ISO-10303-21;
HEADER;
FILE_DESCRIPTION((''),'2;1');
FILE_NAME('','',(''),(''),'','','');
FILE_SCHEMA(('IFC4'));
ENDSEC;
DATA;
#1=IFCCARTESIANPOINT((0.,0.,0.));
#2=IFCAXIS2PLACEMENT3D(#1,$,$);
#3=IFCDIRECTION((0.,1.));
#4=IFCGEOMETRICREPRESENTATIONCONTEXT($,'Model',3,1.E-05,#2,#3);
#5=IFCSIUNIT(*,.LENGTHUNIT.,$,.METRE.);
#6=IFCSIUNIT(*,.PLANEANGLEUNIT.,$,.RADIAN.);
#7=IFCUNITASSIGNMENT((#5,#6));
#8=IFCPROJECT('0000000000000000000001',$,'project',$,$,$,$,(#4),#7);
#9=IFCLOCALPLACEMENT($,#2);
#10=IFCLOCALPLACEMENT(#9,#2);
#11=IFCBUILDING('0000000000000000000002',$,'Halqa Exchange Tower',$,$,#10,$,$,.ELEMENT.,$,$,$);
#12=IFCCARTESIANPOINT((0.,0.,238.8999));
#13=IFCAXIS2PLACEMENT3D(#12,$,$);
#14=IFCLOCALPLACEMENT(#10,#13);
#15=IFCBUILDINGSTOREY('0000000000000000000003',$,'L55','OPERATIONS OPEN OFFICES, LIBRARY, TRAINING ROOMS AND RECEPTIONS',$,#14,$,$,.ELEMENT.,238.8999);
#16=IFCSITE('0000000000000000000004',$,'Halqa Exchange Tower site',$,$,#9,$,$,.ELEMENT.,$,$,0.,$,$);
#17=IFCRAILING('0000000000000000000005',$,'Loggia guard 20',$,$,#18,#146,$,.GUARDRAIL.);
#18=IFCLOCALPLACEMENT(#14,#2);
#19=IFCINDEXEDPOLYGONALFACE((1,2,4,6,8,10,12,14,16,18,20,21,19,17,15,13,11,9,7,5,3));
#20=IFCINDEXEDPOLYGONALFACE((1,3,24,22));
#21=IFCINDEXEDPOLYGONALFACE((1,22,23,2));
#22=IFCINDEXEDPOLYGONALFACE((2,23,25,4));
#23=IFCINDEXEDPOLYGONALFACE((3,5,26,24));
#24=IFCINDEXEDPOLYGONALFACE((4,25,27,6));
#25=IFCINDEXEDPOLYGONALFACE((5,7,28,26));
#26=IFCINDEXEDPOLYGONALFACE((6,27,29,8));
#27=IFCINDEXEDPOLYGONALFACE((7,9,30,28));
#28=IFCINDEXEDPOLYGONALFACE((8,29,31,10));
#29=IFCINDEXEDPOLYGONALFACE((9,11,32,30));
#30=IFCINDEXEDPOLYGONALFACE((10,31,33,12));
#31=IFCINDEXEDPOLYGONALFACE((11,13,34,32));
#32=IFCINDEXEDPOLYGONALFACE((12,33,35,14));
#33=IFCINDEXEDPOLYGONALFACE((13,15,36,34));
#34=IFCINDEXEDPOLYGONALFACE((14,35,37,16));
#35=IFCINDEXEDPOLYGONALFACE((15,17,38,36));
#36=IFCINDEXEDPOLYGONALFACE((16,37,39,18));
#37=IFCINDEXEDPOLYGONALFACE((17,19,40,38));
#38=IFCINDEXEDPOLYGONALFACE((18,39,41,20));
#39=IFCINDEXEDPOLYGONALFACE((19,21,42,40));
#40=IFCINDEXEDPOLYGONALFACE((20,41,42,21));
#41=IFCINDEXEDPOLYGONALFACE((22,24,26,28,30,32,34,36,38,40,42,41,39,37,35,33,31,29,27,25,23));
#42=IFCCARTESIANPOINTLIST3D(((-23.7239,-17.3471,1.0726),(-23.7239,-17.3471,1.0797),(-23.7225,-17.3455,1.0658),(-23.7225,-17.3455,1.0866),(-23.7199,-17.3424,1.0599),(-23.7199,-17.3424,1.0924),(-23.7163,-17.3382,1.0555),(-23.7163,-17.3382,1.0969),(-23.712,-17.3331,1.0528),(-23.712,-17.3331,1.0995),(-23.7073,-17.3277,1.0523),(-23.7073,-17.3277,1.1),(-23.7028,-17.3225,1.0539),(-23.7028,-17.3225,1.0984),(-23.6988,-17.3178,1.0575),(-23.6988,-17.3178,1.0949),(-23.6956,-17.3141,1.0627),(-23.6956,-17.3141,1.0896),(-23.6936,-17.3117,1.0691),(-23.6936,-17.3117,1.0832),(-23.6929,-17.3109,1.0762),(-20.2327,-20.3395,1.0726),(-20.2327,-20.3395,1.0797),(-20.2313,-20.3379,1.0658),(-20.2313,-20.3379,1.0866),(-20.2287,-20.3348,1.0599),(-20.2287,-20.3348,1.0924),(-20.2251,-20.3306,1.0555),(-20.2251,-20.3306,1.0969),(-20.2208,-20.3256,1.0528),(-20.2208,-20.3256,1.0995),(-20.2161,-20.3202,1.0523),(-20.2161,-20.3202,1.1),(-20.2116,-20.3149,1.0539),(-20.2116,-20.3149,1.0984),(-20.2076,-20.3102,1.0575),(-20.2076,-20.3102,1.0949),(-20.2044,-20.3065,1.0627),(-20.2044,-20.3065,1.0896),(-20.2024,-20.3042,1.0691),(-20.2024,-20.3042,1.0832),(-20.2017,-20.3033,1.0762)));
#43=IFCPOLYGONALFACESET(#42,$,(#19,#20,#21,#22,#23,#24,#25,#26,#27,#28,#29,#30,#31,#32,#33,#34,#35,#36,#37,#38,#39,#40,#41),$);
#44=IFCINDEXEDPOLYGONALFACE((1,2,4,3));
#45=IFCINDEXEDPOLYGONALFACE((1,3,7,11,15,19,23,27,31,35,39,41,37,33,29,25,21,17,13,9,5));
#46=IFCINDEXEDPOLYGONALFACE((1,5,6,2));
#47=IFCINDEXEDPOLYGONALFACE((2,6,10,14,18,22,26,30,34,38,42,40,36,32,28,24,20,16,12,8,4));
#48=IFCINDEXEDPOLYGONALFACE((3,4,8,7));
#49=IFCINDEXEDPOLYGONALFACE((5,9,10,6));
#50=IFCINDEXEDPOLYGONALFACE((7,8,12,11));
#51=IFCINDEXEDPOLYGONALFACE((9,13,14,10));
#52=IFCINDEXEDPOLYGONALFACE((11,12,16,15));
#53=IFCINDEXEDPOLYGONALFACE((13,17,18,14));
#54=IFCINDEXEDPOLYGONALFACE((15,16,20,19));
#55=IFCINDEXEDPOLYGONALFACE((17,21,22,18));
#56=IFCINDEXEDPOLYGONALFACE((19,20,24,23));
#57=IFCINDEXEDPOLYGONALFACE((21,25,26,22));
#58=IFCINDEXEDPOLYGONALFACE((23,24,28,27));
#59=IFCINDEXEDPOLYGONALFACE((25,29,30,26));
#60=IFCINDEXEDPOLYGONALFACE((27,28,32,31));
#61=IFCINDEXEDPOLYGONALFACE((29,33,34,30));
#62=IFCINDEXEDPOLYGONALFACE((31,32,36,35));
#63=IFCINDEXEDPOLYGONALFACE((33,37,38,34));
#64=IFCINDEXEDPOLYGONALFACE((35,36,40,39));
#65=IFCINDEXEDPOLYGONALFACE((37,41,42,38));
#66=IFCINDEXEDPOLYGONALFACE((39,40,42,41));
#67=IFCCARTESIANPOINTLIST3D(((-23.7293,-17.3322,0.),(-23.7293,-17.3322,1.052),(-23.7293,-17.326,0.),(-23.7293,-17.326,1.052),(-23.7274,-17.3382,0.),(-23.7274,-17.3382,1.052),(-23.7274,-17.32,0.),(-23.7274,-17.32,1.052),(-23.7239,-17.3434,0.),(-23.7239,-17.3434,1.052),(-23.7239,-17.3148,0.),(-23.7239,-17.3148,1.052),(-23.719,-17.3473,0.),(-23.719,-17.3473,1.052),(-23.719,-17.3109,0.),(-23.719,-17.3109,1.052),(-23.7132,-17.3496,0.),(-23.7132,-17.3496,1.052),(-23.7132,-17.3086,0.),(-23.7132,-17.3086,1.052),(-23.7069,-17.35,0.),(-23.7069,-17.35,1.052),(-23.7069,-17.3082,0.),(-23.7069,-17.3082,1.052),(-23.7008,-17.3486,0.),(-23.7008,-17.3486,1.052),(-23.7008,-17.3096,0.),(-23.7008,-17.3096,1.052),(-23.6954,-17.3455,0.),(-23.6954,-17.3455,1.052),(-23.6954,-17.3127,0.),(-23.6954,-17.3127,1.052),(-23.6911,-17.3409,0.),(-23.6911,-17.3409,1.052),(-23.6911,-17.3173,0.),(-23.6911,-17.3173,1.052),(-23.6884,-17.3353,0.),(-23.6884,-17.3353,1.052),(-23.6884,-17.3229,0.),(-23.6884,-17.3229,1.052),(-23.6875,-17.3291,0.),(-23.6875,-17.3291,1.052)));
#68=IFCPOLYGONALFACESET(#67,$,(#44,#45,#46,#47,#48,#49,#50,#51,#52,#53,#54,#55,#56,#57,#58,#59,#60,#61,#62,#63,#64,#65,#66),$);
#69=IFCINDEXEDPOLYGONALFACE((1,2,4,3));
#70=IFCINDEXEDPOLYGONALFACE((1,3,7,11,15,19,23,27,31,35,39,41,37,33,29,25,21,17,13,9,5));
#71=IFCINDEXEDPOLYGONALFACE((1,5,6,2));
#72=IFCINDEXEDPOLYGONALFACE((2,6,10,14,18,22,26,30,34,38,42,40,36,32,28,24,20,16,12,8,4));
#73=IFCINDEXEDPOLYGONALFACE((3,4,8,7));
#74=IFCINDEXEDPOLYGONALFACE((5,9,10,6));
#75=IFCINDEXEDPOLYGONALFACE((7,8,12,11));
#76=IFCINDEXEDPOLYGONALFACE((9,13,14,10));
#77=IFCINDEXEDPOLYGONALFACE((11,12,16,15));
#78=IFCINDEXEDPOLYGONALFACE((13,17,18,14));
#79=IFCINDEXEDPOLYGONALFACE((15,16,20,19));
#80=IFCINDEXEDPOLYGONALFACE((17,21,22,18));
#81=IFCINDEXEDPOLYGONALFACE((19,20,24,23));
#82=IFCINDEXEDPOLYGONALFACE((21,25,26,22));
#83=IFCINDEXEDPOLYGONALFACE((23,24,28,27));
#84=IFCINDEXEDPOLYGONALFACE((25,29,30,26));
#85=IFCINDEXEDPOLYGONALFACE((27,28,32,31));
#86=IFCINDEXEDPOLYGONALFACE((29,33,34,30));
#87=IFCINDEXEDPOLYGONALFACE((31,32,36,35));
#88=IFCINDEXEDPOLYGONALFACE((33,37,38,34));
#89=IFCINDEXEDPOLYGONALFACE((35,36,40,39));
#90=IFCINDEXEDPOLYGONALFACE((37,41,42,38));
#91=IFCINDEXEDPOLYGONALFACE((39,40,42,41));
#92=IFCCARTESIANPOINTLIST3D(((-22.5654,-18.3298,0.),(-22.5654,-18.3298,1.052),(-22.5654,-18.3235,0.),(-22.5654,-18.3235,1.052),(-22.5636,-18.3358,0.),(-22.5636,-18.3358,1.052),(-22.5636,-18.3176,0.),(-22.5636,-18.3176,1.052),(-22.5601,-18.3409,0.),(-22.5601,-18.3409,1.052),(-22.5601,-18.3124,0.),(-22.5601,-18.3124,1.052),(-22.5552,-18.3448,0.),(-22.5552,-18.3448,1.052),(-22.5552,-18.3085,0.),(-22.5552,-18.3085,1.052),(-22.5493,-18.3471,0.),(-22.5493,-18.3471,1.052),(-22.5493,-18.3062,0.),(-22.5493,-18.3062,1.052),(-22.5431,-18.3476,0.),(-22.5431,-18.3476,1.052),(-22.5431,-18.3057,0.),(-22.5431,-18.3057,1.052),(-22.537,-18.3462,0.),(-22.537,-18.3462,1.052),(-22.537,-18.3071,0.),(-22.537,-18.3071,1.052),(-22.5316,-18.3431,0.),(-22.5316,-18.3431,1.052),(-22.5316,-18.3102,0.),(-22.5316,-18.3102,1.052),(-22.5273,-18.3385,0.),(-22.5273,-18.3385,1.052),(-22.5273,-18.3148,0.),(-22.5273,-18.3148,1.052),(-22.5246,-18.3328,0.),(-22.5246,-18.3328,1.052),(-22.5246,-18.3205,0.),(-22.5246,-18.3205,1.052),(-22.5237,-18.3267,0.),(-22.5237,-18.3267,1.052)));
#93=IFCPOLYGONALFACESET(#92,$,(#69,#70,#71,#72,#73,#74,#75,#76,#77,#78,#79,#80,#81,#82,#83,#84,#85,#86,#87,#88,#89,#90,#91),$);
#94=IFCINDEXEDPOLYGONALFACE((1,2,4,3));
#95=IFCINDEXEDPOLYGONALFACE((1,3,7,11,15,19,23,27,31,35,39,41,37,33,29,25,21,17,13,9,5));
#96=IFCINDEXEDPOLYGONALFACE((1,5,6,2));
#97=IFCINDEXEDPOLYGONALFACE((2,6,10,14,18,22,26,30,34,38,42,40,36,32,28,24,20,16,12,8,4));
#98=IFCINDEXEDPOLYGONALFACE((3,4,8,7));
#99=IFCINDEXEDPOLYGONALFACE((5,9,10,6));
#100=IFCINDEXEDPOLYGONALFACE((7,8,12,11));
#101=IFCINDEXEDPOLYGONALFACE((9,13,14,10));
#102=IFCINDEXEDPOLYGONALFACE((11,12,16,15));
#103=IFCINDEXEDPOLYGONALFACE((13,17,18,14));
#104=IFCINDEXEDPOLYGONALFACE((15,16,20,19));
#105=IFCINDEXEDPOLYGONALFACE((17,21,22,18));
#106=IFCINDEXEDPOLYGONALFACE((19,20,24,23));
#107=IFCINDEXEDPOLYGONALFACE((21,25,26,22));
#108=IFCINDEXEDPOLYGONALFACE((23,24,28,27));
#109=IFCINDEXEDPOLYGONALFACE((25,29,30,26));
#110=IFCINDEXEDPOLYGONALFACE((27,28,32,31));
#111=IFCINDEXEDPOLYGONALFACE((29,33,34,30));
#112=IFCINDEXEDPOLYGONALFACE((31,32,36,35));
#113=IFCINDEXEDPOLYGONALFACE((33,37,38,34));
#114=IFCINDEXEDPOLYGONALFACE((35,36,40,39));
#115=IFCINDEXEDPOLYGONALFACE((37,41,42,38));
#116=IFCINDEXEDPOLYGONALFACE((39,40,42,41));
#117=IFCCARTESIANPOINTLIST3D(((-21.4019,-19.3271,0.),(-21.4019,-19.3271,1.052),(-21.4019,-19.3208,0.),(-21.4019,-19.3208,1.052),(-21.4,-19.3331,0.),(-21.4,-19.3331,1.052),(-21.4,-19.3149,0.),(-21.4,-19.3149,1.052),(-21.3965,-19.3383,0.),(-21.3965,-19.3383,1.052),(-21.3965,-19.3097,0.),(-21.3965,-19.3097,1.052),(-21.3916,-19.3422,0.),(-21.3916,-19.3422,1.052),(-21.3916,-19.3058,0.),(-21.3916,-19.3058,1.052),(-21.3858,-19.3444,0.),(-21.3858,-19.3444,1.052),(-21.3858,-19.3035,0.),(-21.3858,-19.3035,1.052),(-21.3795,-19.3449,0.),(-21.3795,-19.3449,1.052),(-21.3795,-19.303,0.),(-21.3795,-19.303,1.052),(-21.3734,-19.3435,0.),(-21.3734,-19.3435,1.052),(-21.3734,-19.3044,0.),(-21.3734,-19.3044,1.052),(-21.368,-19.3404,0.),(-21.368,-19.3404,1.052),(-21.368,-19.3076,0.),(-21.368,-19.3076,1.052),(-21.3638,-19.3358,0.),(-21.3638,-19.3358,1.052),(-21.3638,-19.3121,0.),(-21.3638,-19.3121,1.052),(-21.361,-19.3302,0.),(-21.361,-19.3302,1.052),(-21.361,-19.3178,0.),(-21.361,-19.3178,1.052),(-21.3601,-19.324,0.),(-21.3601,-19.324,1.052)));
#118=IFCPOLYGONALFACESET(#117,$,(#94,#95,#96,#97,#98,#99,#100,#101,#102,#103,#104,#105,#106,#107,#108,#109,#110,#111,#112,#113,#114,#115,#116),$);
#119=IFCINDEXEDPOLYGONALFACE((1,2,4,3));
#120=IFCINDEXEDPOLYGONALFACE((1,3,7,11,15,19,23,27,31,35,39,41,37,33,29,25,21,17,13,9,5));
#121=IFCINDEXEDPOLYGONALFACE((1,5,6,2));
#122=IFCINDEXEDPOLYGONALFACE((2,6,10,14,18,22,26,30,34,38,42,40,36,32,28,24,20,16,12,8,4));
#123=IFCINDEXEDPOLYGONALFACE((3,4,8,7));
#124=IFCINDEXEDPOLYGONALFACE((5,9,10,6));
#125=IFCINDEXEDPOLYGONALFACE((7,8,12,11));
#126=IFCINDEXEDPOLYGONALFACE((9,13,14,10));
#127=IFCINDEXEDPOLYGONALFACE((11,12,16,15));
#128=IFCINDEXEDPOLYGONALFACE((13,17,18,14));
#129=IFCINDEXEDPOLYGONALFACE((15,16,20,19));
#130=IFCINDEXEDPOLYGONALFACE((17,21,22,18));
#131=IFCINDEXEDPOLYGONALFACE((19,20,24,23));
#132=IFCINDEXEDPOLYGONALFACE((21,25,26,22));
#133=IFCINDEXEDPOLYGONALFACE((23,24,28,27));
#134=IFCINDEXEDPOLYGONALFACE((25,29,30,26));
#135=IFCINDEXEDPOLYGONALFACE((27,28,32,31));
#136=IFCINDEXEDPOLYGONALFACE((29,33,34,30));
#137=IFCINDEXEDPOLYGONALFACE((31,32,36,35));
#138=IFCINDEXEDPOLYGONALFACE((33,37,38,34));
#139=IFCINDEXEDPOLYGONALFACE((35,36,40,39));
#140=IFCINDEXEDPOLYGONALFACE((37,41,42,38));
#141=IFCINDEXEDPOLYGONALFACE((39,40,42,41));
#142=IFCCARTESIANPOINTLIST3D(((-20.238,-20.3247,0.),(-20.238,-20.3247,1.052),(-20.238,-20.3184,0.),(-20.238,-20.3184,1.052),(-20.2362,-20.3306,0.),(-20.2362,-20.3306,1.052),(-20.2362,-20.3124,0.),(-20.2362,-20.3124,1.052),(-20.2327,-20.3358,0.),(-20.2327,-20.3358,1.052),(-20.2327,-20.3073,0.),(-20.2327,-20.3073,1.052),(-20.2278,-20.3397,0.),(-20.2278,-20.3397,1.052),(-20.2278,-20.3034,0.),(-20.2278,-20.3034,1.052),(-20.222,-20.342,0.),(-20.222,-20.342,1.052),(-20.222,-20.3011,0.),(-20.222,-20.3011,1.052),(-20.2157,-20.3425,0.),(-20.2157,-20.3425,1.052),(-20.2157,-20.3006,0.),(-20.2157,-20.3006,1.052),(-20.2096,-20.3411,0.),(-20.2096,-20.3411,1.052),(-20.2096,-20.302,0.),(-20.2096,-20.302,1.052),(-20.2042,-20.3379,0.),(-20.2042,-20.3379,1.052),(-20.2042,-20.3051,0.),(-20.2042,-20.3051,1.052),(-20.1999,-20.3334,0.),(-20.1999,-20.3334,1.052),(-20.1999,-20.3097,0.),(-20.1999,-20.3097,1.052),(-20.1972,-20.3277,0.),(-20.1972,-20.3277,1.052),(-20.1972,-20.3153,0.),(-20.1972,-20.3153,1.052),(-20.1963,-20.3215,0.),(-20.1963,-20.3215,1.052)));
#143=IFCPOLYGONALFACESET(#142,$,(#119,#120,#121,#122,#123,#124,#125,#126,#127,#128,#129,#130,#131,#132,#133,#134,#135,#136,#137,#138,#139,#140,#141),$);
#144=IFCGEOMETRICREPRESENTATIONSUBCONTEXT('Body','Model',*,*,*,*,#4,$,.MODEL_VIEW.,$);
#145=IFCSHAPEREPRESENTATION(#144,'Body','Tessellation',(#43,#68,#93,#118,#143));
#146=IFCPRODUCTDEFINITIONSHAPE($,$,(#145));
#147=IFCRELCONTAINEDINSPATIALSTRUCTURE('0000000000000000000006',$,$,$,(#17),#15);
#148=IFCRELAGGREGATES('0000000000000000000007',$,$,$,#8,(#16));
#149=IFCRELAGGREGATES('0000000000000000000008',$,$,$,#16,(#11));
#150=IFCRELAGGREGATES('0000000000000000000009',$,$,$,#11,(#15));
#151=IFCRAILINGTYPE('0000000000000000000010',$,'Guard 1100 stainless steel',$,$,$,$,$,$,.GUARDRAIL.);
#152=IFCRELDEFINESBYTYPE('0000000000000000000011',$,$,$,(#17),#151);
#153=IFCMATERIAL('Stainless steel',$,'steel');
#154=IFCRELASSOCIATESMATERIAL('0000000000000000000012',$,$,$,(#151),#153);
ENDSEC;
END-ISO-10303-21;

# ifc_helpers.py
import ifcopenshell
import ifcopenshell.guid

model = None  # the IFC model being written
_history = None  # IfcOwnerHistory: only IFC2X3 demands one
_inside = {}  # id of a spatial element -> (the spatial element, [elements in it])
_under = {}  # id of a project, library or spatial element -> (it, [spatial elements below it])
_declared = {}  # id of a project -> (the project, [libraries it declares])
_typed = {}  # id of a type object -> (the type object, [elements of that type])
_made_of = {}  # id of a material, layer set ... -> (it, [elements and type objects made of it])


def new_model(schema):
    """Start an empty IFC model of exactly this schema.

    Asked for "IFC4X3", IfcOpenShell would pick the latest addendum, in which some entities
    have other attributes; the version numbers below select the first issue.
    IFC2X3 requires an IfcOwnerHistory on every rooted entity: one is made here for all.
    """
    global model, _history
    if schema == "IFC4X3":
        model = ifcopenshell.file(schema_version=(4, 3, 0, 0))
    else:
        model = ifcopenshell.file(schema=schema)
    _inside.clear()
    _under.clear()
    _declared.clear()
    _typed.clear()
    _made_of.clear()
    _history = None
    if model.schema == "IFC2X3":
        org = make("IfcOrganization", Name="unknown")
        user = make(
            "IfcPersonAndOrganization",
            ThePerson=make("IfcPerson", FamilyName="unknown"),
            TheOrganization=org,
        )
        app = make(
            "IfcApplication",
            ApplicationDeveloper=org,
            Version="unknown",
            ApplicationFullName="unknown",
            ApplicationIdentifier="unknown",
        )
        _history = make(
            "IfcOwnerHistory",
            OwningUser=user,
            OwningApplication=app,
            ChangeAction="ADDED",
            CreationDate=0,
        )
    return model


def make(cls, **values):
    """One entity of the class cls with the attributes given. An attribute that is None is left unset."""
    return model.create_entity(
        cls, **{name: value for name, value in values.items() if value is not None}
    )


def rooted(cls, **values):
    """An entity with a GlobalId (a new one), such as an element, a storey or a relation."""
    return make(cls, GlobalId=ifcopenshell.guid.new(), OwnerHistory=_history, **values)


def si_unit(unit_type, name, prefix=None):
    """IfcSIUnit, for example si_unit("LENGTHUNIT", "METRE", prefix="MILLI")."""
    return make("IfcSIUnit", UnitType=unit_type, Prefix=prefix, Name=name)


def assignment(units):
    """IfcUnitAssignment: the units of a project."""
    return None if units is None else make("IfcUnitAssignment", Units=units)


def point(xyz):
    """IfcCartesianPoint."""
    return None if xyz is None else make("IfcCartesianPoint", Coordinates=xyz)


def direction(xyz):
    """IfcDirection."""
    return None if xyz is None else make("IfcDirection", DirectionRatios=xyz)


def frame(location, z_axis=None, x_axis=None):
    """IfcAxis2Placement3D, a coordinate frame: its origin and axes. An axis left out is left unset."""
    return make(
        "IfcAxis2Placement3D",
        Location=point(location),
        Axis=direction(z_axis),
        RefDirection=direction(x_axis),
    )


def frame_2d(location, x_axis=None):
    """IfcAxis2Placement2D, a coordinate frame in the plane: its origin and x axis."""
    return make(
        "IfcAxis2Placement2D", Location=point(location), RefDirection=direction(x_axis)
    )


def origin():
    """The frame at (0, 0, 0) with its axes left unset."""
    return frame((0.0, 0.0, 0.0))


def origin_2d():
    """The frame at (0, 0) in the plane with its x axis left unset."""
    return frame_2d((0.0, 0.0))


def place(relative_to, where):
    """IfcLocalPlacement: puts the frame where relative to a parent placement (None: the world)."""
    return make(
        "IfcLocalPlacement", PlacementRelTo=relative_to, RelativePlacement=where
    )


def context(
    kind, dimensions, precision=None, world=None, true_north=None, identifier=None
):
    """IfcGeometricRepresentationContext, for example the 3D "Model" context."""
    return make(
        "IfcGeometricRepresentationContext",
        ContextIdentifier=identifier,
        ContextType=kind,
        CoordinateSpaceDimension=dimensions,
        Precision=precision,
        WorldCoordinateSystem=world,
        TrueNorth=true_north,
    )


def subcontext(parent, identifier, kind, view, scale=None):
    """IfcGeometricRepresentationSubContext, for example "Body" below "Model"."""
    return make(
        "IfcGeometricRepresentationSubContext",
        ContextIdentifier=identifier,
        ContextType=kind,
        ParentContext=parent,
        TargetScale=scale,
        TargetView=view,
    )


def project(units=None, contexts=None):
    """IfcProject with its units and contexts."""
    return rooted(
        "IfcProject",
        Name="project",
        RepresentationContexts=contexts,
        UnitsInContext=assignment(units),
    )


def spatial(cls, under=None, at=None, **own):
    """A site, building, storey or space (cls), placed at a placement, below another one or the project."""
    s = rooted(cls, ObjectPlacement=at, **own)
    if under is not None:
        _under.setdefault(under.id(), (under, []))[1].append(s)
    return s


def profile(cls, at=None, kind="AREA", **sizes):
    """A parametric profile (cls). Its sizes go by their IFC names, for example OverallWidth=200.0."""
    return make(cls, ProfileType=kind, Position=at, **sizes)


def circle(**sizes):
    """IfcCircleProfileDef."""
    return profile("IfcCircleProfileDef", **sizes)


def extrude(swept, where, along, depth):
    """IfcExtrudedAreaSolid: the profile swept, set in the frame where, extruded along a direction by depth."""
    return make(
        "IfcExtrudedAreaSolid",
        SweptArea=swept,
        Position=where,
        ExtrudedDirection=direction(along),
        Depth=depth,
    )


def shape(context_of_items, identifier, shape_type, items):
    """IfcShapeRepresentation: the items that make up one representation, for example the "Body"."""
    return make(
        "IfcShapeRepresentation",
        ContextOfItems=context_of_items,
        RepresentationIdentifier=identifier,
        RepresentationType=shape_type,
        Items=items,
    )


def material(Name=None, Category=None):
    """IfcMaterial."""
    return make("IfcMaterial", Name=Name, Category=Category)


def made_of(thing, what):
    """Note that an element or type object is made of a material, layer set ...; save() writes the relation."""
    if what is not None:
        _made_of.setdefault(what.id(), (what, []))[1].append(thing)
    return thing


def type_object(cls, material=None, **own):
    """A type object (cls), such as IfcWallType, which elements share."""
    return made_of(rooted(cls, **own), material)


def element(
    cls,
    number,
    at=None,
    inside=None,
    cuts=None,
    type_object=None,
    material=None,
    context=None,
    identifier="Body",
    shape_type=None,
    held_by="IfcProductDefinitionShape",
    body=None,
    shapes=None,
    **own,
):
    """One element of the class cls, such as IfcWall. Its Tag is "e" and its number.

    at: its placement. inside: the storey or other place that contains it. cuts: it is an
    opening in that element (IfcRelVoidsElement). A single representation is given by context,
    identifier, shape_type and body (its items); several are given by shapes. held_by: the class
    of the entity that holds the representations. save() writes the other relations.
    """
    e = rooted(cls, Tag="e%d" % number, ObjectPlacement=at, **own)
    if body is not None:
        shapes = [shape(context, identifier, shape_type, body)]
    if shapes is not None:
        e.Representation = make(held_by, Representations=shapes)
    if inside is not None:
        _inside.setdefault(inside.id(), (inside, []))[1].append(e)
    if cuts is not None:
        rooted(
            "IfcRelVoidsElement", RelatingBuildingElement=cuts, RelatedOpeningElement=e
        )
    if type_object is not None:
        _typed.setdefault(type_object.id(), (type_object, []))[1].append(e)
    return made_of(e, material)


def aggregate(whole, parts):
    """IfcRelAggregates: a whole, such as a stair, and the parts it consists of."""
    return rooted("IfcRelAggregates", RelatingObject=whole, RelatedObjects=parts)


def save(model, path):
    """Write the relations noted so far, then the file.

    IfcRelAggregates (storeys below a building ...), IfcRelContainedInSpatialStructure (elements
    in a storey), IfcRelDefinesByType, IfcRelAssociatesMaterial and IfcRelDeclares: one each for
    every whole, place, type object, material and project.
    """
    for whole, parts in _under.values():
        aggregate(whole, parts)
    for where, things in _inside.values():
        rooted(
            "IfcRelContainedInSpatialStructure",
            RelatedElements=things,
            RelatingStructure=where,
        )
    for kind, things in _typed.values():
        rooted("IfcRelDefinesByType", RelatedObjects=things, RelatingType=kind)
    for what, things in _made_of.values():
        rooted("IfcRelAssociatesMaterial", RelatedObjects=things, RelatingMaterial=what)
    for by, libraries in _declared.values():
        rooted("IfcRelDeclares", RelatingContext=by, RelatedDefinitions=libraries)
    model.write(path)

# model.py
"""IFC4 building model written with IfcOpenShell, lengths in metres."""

from ifc_helpers import new_model, si_unit, direction, frame, origin, origin_2d, place, context, subcontext, project, spatial, circle, extrude, material, type_object, element, save


model = new_model("IFC4")

# Units and contexts
model_context = context("Model", 3, precision=1e-05, world=origin(), true_north=direction((0.0, 1.0)))
body_context = subcontext(model_context, "Body", "Model", "MODEL_VIEW")
ifc_project = project(units=[si_unit("LENGTHUNIT", "METRE"), si_unit("PLANEANGLEUNIT", "RADIAN")], contexts=[model_context])

# Site, building, storey
site_placement = place(None, origin())
site = spatial("IfcSite", under=ifc_project, at=site_placement, Name="Halqa Exchange Tower site", CompositionType="ELEMENT", RefElevation=0.0)
building_placement = place(site_placement, origin())
building = spatial("IfcBuilding", under=site, at=building_placement, Name="Halqa Exchange Tower", CompositionType="ELEMENT")
storey_placement = place(building_placement, frame((0.0, 0.0, 238.8999)))
storey = spatial("IfcBuildingStorey", under=building, at=storey_placement, Name="L55", Description="OPERATIONS OPEN OFFICES, LIBRARY, TRAINING ROOMS AND RECEPTIONS", CompositionType="ELEMENT", Elevation=238.8999)

# Railing
ifc_material_1 = material(Name="Stainless steel", Category="steel")
railing_type = type_object("IfcRailingType", Name="Guard 1100 stainless steel", PredefinedType="GUARDRAIL", material=ifc_material_1)
railing_1_placement = place(storey_placement, frame((-23.7085, -17.3291, 0.0)))
element("IfcRailing", 1, at=railing_1_placement, inside=storey, type_object=railing_type, Name="Loggia guard 20", PredefinedType="GUARDRAIL", context=body_context, shape_type="SweptSolid", body=[
    extrude(circle(Radius=0.0239, at=origin_2d()), frame((0.0, 0.0, 1.0762), z_axis=(0.75926, -0.650787, 0.0), x_axis=(0.650787, 0.75926, 0.0)), (0.0, 0.0, 1.0), 4.5981),
    extrude(circle(Radius=0.021, at=origin_2d()), origin(), (0.0, 0.0, 1.0), 1.052),
    extrude(circle(Radius=0.021, at=origin_2d()), frame((1.1638, -0.9976, 0.0)), (0.0, 0.0, 1.0), 1.052),
    extrude(circle(Radius=0.021, at=origin_2d()), frame((2.3274, -1.9949, 0.0)), (0.0, 0.0, 1.0), 1.052),
    extrude(circle(Radius=0.021, at=origin_2d()), frame((3.4912, -2.9924, 0.0)), (0.0, 0.0, 1.0), 1.052),
])

save(model, "model.ifc")
